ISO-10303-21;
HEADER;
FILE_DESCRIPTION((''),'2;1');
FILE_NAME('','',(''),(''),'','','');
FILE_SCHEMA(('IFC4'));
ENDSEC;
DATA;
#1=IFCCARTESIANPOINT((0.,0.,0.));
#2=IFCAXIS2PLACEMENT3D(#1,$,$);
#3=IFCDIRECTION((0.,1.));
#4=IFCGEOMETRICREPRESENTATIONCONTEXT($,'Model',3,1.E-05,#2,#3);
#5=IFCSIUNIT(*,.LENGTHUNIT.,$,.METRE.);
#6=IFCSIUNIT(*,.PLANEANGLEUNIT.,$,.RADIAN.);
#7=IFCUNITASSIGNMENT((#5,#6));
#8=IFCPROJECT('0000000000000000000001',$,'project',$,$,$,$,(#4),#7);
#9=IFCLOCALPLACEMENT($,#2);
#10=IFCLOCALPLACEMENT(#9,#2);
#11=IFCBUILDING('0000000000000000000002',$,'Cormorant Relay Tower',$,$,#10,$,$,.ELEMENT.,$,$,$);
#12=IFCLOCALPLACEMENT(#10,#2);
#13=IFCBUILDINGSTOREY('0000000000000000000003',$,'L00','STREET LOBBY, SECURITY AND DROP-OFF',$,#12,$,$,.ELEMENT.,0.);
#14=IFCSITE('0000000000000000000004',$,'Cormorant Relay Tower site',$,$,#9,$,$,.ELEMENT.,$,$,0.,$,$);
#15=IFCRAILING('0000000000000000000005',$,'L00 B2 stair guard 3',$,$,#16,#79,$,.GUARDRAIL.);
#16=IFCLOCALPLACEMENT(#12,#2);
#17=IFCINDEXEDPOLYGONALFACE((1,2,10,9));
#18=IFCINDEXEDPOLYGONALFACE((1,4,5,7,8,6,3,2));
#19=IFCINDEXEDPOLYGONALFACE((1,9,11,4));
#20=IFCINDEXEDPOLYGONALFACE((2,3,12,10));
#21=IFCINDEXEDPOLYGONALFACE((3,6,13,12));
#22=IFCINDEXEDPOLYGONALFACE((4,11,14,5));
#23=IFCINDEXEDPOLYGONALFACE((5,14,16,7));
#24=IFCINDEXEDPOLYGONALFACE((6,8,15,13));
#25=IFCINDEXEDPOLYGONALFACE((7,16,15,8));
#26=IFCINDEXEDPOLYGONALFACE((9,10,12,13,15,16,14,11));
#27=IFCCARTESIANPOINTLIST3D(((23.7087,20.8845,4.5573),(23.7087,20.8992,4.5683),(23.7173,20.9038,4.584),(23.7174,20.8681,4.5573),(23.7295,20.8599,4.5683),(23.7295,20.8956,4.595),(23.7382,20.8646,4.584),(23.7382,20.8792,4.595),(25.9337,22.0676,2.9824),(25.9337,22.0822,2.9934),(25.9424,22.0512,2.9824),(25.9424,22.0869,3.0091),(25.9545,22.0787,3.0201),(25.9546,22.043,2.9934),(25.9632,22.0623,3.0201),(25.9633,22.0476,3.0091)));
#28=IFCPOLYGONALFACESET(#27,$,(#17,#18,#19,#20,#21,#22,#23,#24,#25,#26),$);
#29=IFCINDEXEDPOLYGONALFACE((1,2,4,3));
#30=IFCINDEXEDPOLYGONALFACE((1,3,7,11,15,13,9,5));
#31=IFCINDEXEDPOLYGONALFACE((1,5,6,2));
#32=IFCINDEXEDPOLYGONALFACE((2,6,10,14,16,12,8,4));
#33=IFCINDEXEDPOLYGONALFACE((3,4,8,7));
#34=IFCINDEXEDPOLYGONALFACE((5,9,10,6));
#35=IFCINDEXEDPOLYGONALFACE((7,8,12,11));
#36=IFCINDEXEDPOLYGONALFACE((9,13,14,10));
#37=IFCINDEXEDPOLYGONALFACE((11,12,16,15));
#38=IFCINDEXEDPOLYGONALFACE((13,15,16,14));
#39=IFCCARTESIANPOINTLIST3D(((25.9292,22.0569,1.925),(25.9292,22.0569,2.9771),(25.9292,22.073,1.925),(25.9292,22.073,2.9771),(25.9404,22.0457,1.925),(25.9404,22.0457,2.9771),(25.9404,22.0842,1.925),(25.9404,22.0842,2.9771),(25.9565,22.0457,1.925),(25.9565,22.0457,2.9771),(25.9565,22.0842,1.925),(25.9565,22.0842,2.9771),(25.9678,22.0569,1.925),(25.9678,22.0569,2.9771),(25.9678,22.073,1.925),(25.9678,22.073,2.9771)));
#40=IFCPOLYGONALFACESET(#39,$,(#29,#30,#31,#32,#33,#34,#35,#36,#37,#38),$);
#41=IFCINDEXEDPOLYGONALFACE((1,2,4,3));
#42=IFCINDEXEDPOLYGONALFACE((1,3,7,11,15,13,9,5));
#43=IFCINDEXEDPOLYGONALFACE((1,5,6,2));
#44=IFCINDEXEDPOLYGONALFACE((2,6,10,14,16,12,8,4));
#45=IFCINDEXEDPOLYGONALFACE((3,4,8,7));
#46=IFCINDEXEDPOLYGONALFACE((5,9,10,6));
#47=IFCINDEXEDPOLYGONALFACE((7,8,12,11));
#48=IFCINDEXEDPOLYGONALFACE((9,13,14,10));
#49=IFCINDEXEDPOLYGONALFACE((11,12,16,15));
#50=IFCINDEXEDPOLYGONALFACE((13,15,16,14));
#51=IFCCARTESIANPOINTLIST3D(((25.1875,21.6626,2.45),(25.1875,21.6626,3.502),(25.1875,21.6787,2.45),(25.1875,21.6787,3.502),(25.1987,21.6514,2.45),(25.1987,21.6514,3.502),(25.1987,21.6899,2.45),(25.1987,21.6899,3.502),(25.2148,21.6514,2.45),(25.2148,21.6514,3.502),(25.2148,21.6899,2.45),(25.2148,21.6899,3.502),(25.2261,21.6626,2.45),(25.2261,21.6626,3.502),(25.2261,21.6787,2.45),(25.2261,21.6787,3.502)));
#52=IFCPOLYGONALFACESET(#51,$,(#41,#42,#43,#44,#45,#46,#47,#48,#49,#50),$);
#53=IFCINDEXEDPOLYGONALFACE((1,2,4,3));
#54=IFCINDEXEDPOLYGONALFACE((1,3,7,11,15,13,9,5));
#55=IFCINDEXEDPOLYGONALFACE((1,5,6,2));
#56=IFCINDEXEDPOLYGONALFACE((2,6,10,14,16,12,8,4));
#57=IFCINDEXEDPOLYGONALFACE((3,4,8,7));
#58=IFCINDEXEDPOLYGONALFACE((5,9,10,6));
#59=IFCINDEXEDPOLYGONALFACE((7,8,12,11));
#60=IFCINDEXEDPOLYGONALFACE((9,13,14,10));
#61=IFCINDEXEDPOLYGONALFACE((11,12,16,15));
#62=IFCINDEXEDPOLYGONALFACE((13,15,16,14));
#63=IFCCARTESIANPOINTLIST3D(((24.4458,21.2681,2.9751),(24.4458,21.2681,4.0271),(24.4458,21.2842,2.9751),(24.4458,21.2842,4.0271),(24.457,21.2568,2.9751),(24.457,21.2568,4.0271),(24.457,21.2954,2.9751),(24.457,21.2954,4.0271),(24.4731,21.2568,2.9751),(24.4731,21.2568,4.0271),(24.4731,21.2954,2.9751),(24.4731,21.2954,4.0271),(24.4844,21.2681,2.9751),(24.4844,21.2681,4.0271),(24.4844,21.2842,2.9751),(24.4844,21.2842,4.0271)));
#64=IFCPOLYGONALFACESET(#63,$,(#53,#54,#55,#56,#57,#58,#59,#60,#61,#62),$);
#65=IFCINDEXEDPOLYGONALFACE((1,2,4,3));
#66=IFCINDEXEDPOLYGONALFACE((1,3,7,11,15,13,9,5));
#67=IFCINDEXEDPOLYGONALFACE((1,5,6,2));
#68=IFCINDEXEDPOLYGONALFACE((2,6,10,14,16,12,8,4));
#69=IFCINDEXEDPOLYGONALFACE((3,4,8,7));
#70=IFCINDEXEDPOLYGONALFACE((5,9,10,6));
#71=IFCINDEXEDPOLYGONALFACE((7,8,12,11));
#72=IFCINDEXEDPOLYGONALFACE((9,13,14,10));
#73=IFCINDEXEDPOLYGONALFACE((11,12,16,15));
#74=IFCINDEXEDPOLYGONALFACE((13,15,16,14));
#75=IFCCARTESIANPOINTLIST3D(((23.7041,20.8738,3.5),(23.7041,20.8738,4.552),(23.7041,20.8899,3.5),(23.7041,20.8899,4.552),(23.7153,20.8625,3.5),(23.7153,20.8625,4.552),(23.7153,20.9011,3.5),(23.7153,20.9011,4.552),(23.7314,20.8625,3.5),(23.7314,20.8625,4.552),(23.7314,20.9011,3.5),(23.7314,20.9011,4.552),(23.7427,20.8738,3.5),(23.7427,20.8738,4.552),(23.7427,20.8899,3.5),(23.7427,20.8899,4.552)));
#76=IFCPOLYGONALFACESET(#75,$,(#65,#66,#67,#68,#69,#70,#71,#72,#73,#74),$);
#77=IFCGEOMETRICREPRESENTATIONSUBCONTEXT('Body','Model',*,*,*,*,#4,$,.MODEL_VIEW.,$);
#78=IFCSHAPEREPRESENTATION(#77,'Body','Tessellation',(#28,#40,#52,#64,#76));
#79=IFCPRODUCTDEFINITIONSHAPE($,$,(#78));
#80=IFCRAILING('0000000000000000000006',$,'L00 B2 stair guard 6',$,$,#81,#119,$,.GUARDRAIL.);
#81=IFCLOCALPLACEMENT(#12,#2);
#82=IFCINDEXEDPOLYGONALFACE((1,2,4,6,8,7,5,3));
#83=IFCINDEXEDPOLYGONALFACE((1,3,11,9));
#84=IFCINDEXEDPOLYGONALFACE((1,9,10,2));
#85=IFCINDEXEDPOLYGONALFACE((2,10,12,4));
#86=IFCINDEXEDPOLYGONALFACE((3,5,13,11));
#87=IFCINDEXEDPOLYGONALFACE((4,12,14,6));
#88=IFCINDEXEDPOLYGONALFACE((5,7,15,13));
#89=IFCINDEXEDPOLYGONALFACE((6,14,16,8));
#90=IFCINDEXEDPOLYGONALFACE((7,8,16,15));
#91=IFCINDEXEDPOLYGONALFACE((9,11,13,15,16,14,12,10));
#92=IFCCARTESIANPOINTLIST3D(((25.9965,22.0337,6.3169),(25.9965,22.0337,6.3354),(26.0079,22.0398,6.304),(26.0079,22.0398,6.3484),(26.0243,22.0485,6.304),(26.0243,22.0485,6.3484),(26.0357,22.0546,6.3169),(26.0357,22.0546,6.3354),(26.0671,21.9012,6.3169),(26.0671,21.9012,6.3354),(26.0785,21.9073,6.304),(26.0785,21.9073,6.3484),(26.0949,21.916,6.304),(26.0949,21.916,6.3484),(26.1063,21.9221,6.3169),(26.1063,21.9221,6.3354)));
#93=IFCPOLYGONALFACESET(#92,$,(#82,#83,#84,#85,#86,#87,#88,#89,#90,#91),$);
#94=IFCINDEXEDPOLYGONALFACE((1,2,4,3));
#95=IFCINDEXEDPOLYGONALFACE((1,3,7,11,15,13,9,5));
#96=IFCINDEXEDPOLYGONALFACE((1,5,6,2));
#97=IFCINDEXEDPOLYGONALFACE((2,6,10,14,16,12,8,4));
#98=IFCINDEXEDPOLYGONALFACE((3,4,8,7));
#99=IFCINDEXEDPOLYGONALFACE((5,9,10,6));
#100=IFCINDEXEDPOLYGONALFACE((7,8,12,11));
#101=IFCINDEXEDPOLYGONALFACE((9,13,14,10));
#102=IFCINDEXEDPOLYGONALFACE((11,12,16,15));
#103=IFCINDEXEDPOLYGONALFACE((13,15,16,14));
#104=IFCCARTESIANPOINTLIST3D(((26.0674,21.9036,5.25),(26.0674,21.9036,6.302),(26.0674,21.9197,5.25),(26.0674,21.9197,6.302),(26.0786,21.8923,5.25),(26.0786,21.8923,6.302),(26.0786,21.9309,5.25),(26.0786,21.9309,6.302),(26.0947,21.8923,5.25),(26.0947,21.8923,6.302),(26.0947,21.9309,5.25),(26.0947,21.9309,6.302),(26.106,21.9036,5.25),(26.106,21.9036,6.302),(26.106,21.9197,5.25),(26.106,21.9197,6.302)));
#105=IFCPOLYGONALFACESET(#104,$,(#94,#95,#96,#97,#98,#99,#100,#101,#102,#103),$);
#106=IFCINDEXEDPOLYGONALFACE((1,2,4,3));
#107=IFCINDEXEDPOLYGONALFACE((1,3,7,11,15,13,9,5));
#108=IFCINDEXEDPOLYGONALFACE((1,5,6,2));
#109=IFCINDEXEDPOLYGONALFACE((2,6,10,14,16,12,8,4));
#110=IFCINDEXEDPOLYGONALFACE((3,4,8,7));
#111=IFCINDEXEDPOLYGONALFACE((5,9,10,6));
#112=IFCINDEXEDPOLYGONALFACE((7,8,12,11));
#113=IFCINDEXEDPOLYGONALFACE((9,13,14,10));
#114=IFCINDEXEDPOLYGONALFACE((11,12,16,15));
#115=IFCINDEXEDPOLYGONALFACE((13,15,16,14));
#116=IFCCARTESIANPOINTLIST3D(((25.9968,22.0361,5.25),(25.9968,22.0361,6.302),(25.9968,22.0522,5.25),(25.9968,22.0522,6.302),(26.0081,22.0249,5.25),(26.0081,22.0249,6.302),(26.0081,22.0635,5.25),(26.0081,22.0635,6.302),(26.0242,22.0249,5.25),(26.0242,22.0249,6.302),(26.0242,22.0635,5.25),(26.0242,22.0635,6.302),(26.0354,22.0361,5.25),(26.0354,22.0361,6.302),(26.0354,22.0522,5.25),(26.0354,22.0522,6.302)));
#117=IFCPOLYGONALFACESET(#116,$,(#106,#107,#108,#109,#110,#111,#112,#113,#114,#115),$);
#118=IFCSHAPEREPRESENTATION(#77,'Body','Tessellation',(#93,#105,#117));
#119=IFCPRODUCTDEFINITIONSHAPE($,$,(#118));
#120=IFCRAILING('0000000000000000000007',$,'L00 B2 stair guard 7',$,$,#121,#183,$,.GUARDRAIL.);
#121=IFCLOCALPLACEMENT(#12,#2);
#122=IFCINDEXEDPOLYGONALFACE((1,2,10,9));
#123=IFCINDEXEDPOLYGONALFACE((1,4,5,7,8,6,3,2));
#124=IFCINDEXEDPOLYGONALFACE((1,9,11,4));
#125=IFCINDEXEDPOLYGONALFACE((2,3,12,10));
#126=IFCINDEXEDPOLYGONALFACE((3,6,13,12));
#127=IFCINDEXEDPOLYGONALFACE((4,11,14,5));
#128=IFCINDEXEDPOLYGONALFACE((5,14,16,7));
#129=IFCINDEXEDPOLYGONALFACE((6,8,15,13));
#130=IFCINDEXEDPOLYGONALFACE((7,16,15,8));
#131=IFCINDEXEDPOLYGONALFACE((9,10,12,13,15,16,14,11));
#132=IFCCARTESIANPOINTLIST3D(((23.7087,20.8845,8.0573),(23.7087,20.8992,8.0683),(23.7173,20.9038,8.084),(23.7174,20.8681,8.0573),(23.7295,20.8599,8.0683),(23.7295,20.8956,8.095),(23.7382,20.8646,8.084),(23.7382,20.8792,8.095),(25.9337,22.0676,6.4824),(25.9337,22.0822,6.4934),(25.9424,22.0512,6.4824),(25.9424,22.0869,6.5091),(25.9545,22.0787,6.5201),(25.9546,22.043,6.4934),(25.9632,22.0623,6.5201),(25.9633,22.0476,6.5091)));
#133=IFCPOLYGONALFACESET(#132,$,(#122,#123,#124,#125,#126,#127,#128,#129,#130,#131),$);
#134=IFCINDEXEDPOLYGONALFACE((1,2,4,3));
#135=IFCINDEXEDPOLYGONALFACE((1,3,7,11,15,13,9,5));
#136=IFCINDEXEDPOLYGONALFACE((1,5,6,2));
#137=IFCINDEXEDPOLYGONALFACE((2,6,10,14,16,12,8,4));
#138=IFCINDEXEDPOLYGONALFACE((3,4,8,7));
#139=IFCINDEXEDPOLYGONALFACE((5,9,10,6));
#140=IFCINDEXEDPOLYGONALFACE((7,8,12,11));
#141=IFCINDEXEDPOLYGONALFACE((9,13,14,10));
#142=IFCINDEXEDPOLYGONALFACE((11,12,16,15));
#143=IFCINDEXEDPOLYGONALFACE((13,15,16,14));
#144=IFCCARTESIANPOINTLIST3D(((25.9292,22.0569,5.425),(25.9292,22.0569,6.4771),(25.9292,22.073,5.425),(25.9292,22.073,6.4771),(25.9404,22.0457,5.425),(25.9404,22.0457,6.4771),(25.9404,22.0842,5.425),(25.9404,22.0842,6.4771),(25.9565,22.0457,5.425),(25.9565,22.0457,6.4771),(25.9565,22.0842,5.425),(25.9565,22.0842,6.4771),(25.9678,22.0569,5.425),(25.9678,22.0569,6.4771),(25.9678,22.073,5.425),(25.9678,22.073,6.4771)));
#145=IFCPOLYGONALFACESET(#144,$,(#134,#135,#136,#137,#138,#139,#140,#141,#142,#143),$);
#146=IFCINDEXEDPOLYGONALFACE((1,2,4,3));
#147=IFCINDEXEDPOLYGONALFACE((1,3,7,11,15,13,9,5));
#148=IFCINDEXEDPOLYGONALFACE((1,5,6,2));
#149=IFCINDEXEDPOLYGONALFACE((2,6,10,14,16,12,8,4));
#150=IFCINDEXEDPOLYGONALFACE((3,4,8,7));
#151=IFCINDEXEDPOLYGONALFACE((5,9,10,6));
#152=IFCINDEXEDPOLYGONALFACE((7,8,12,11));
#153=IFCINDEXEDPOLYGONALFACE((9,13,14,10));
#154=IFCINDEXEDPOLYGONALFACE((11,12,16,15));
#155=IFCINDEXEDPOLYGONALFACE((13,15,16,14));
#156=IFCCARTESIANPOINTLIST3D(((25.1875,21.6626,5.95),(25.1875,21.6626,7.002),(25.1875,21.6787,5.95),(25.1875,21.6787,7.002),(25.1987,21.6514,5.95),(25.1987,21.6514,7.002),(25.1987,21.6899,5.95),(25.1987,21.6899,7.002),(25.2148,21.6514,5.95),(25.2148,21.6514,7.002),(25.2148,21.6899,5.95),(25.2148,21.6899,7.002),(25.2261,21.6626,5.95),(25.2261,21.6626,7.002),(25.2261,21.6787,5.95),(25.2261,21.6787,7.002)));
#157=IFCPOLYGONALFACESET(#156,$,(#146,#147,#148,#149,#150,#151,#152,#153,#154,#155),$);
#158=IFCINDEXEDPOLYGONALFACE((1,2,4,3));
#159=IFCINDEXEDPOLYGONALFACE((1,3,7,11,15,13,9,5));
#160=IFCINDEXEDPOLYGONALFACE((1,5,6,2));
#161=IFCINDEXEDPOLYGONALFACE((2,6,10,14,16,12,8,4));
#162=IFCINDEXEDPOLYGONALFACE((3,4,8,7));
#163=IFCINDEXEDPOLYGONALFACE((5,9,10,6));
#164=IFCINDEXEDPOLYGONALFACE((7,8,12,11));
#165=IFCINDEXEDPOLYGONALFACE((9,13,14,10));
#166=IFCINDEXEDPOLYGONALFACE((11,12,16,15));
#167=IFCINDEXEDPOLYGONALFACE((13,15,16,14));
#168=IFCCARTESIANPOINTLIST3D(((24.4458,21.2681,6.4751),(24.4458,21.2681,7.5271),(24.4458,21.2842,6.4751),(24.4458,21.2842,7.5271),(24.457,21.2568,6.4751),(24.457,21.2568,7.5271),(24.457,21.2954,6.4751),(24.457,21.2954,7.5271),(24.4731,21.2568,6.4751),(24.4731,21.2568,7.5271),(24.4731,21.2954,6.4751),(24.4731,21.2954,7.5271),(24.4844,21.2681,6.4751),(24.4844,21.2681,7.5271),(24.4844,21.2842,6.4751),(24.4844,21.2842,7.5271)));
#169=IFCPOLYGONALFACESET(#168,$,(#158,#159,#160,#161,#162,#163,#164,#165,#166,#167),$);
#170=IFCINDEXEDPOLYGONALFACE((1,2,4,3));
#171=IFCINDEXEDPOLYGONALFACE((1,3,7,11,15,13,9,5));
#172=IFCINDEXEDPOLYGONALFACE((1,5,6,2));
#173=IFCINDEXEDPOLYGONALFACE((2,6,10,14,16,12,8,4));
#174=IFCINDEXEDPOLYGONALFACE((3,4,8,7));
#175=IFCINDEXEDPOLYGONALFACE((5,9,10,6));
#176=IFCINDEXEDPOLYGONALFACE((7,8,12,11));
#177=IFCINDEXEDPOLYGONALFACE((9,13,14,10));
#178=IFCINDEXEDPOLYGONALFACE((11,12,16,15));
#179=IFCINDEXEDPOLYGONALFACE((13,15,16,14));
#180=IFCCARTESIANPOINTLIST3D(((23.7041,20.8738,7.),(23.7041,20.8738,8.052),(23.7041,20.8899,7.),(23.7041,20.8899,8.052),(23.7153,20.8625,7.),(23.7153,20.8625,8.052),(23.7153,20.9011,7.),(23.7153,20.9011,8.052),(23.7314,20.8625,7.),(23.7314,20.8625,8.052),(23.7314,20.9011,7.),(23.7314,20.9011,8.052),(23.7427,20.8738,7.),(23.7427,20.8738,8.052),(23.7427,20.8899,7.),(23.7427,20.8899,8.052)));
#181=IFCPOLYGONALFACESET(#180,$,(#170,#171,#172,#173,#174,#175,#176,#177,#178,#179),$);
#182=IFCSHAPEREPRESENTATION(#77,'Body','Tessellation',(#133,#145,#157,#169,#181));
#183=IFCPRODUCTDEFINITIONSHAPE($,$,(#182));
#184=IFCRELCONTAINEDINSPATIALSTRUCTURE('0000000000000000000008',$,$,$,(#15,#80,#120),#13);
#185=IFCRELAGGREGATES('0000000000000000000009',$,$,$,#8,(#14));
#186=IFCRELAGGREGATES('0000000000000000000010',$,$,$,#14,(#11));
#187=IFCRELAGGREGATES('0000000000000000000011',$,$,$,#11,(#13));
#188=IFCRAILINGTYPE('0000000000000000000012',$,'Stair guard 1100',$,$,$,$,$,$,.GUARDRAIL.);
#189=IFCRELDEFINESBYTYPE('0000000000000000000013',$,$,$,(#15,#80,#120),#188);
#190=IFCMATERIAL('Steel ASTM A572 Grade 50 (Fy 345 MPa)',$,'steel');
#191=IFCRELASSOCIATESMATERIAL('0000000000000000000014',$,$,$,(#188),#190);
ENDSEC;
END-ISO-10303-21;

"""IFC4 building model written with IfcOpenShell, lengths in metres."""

from ifc_helpers import new_model, si_unit, direction, frame, origin, place, context, subcontext, project, spatial, polyline, outline, extrude, material, type_object, element, save


model = new_model("IFC4")

# Units and contexts
model_context = context("Model", 3, precision=1e-05, world=origin(), true_north=direction((0.0, 1.0)))
body_context = subcontext(model_context, "Body", "Model", "MODEL_VIEW")
ifc_project = project(units=[si_unit("LENGTHUNIT", "METRE"), si_unit("PLANEANGLEUNIT", "RADIAN")], contexts=[model_context])

# Site, building, storey
site_placement = place(None, origin())
site = spatial("IfcSite", under=ifc_project, at=site_placement, Name="Cormorant Relay Tower site", CompositionType="ELEMENT", RefElevation=0.0)
building_placement = place(site_placement, origin())
building = spatial("IfcBuilding", under=site, at=building_placement, Name="Cormorant Relay Tower", CompositionType="ELEMENT")
storey_placement = place(building_placement, origin())
storey = spatial("IfcBuildingStorey", under=building, at=storey_placement, Name="L00", Description="STREET LOBBY, SECURITY AND DROP-OFF", CompositionType="ELEMENT", Elevation=0.0)

# Railings
ifc_material_1 = material(Name="Steel ASTM A572 Grade 50 (Fy 345 MPa)", Category="steel")
railing_type_1 = type_object("IfcRailingType", Name="Stair guard 1100", PredefinedType="GUARDRAIL", material=ifc_material_1)
railing_1_placement = place(storey_placement, frame((25.9485, 22.0649, 1.925)))
element("IfcRailing", 1, at=railing_1_placement, inside=storey, type_object=railing_type_1, Name="L00 B2 stair guard 3", PredefinedType="GUARDRAIL", context=body_context, shape_type="SweptSolid", body=[
    extrude(outline(polyline([(0.0222, 0.0093), (0.0093, 0.0222), (-0.0093, 0.0222), (-0.0222, 0.0093), (-0.0222, -0.0093), (-0.0093, -0.0222), (0.0093, -0.0222), (0.0222, -0.0093), (0.0222, 0.0093)])), frame((0.0, 0.0, 1.0762), z_axis=(-0.748751, -0.398118, 0.529975), x_axis=(0.469472, -0.882948, 0.0)), (0.0, 0.0, 1.0), 2.9717),
    extrude(outline(polyline([(0.0193, 0.0081), (0.0081, 0.0193), (-0.0081, 0.0193), (-0.0193, 0.0081), (-0.0193, -0.0081), (-0.0081, -0.0193), (0.0081, -0.0193), (0.0193, -0.0081), (0.0193, 0.0081)])), origin(), (0.0, 0.0, 1.0), 1.052),
    extrude(outline(polyline([(0.0193, 0.0081), (0.0081, 0.0193), (-0.0081, 0.0193), (-0.0193, 0.0081), (-0.0193, -0.0081), (-0.0081, -0.0193), (0.0081, -0.0193), (0.0193, -0.0081), (0.0193, 0.0081)])), frame((-0.7417, -0.3943, 0.5249)), (0.0, 0.0, 1.0), 1.052),
    extrude(outline(polyline([(0.0193, 0.0081), (0.0081, 0.0193), (-0.0081, 0.0193), (-0.0193, 0.0081), (-0.0193, -0.0081), (-0.0081, -0.0193), (0.0081, -0.0193), (0.0193, -0.0081), (0.0193, 0.0081)])), frame((-1.4834, -0.7888, 1.05)), (0.0, 0.0, 1.0), 1.052),
    extrude(outline(polyline([(0.0193, 0.0081), (0.0081, 0.0193), (-0.0081, 0.0193), (-0.0193, 0.0081), (-0.0193, -0.0081), (-0.0081, -0.0193), (0.0081, -0.0193), (0.0193, -0.0081), (0.0193, 0.0081)])), frame((-2.2251, -1.1831, 1.575)), (0.0, 0.0, 1.0), 1.052),
])
railing_2_placement = place(storey_placement, frame((26.0867, 21.9116, 5.25)))
element("IfcRailing", 2, at=railing_2_placement, inside=storey, type_object=railing_type_1, Name="L00 B2 stair guard 6", PredefinedType="GUARDRAIL", context=body_context, shape_type="SweptSolid", body=[
    extrude(outline(polyline([(0.0222, 0.0093), (0.0093, 0.0222), (-0.0093, 0.0222), (-0.0222, 0.0093), (-0.0222, -0.0093), (-0.0093, -0.0222), (0.0093, -0.0222), (0.0222, -0.0093), (0.0222, 0.0093)])), frame((0.0, 0.0, 1.0762), z_axis=(-0.469829, 0.882758, 0.0), x_axis=(-0.882758, -0.469829, 0.0)), (0.0, 0.0, 1.0), 0.1501),
    extrude(outline(polyline([(0.0193, 0.0081), (0.0081, 0.0193), (-0.0081, 0.0193), (-0.0193, 0.0081), (-0.0193, -0.0081), (-0.0081, -0.0193), (0.0081, -0.0193), (0.0193, -0.0081), (0.0193, 0.0081)])), origin(), (0.0, 0.0, 1.0), 1.052),
    extrude(outline(polyline([(0.0193, 0.0081), (0.0081, 0.0193), (-0.0081, 0.0193), (-0.0193, 0.0081), (-0.0193, -0.0081), (-0.0081, -0.0193), (0.0081, -0.0193), (0.0193, -0.0081), (0.0193, 0.0081)])), frame((-0.0706, 0.1326, 0.0)), (0.0, 0.0, 1.0), 1.052),
])
railing_3_placement = place(storey_placement, frame((25.9485, 22.0649, 5.425)))
element("IfcRailing", 3, at=railing_3_placement, inside=storey, type_object=railing_type_1, Name="L00 B2 stair guard 7", PredefinedType="GUARDRAIL", context=body_context, shape_type="SweptSolid", body=[
    extrude(outline(polyline([(0.0222, 0.0093), (0.0093, 0.0222), (-0.0093, 0.0222), (-0.0222, 0.0093), (-0.0222, -0.0093), (-0.0093, -0.0222), (0.0093, -0.0222), (0.0222, -0.0093), (0.0222, 0.0093)])), frame((0.0, 0.0, 1.0762), z_axis=(-0.748751, -0.398118, 0.529975), x_axis=(0.469472, -0.882948, 0.0)), (0.0, 0.0, 1.0), 2.9717),
    extrude(outline(polyline([(0.0193, 0.0081), (0.0081, 0.0193), (-0.0081, 0.0193), (-0.0193, 0.0081), (-0.0193, -0.0081), (-0.0081, -0.0193), (0.0081, -0.0193), (0.0193, -0.0081), (0.0193, 0.0081)])), origin(), (0.0, 0.0, 1.0), 1.052),
    extrude(outline(polyline([(0.0193, 0.0081), (0.0081, 0.0193), (-0.0081, 0.0193), (-0.0193, 0.0081), (-0.0193, -0.0081), (-0.0081, -0.0193), (0.0081, -0.0193), (0.0193, -0.0081), (0.0193, 0.0081)])), frame((-0.7417, -0.3943, 0.5249)), (0.0, 0.0, 1.0), 1.052),
    extrude(outline(polyline([(0.0193, 0.0081), (0.0081, 0.0193), (-0.0081, 0.0193), (-0.0193, 0.0081), (-0.0193, -0.0081), (-0.0081, -0.0193), (0.0081, -0.0193), (0.0193, -0.0081), (0.0193, 0.0081)])), frame((-1.4834, -0.7888, 1.05)), (0.0, 0.0, 1.0), 1.052),
    extrude(outline(polyline([(0.0193, 0.0081), (0.0081, 0.0193), (-0.0081, 0.0193), (-0.0193, 0.0081), (-0.0193, -0.0081), (-0.0081, -0.0193), (0.0081, -0.0193), (0.0193, -0.0081), (0.0193, 0.0081)])), frame((-2.2251, -1.1831, 1.575)), (0.0, 0.0, 1.0), 1.052),
])

save(model, "model.ifc")
